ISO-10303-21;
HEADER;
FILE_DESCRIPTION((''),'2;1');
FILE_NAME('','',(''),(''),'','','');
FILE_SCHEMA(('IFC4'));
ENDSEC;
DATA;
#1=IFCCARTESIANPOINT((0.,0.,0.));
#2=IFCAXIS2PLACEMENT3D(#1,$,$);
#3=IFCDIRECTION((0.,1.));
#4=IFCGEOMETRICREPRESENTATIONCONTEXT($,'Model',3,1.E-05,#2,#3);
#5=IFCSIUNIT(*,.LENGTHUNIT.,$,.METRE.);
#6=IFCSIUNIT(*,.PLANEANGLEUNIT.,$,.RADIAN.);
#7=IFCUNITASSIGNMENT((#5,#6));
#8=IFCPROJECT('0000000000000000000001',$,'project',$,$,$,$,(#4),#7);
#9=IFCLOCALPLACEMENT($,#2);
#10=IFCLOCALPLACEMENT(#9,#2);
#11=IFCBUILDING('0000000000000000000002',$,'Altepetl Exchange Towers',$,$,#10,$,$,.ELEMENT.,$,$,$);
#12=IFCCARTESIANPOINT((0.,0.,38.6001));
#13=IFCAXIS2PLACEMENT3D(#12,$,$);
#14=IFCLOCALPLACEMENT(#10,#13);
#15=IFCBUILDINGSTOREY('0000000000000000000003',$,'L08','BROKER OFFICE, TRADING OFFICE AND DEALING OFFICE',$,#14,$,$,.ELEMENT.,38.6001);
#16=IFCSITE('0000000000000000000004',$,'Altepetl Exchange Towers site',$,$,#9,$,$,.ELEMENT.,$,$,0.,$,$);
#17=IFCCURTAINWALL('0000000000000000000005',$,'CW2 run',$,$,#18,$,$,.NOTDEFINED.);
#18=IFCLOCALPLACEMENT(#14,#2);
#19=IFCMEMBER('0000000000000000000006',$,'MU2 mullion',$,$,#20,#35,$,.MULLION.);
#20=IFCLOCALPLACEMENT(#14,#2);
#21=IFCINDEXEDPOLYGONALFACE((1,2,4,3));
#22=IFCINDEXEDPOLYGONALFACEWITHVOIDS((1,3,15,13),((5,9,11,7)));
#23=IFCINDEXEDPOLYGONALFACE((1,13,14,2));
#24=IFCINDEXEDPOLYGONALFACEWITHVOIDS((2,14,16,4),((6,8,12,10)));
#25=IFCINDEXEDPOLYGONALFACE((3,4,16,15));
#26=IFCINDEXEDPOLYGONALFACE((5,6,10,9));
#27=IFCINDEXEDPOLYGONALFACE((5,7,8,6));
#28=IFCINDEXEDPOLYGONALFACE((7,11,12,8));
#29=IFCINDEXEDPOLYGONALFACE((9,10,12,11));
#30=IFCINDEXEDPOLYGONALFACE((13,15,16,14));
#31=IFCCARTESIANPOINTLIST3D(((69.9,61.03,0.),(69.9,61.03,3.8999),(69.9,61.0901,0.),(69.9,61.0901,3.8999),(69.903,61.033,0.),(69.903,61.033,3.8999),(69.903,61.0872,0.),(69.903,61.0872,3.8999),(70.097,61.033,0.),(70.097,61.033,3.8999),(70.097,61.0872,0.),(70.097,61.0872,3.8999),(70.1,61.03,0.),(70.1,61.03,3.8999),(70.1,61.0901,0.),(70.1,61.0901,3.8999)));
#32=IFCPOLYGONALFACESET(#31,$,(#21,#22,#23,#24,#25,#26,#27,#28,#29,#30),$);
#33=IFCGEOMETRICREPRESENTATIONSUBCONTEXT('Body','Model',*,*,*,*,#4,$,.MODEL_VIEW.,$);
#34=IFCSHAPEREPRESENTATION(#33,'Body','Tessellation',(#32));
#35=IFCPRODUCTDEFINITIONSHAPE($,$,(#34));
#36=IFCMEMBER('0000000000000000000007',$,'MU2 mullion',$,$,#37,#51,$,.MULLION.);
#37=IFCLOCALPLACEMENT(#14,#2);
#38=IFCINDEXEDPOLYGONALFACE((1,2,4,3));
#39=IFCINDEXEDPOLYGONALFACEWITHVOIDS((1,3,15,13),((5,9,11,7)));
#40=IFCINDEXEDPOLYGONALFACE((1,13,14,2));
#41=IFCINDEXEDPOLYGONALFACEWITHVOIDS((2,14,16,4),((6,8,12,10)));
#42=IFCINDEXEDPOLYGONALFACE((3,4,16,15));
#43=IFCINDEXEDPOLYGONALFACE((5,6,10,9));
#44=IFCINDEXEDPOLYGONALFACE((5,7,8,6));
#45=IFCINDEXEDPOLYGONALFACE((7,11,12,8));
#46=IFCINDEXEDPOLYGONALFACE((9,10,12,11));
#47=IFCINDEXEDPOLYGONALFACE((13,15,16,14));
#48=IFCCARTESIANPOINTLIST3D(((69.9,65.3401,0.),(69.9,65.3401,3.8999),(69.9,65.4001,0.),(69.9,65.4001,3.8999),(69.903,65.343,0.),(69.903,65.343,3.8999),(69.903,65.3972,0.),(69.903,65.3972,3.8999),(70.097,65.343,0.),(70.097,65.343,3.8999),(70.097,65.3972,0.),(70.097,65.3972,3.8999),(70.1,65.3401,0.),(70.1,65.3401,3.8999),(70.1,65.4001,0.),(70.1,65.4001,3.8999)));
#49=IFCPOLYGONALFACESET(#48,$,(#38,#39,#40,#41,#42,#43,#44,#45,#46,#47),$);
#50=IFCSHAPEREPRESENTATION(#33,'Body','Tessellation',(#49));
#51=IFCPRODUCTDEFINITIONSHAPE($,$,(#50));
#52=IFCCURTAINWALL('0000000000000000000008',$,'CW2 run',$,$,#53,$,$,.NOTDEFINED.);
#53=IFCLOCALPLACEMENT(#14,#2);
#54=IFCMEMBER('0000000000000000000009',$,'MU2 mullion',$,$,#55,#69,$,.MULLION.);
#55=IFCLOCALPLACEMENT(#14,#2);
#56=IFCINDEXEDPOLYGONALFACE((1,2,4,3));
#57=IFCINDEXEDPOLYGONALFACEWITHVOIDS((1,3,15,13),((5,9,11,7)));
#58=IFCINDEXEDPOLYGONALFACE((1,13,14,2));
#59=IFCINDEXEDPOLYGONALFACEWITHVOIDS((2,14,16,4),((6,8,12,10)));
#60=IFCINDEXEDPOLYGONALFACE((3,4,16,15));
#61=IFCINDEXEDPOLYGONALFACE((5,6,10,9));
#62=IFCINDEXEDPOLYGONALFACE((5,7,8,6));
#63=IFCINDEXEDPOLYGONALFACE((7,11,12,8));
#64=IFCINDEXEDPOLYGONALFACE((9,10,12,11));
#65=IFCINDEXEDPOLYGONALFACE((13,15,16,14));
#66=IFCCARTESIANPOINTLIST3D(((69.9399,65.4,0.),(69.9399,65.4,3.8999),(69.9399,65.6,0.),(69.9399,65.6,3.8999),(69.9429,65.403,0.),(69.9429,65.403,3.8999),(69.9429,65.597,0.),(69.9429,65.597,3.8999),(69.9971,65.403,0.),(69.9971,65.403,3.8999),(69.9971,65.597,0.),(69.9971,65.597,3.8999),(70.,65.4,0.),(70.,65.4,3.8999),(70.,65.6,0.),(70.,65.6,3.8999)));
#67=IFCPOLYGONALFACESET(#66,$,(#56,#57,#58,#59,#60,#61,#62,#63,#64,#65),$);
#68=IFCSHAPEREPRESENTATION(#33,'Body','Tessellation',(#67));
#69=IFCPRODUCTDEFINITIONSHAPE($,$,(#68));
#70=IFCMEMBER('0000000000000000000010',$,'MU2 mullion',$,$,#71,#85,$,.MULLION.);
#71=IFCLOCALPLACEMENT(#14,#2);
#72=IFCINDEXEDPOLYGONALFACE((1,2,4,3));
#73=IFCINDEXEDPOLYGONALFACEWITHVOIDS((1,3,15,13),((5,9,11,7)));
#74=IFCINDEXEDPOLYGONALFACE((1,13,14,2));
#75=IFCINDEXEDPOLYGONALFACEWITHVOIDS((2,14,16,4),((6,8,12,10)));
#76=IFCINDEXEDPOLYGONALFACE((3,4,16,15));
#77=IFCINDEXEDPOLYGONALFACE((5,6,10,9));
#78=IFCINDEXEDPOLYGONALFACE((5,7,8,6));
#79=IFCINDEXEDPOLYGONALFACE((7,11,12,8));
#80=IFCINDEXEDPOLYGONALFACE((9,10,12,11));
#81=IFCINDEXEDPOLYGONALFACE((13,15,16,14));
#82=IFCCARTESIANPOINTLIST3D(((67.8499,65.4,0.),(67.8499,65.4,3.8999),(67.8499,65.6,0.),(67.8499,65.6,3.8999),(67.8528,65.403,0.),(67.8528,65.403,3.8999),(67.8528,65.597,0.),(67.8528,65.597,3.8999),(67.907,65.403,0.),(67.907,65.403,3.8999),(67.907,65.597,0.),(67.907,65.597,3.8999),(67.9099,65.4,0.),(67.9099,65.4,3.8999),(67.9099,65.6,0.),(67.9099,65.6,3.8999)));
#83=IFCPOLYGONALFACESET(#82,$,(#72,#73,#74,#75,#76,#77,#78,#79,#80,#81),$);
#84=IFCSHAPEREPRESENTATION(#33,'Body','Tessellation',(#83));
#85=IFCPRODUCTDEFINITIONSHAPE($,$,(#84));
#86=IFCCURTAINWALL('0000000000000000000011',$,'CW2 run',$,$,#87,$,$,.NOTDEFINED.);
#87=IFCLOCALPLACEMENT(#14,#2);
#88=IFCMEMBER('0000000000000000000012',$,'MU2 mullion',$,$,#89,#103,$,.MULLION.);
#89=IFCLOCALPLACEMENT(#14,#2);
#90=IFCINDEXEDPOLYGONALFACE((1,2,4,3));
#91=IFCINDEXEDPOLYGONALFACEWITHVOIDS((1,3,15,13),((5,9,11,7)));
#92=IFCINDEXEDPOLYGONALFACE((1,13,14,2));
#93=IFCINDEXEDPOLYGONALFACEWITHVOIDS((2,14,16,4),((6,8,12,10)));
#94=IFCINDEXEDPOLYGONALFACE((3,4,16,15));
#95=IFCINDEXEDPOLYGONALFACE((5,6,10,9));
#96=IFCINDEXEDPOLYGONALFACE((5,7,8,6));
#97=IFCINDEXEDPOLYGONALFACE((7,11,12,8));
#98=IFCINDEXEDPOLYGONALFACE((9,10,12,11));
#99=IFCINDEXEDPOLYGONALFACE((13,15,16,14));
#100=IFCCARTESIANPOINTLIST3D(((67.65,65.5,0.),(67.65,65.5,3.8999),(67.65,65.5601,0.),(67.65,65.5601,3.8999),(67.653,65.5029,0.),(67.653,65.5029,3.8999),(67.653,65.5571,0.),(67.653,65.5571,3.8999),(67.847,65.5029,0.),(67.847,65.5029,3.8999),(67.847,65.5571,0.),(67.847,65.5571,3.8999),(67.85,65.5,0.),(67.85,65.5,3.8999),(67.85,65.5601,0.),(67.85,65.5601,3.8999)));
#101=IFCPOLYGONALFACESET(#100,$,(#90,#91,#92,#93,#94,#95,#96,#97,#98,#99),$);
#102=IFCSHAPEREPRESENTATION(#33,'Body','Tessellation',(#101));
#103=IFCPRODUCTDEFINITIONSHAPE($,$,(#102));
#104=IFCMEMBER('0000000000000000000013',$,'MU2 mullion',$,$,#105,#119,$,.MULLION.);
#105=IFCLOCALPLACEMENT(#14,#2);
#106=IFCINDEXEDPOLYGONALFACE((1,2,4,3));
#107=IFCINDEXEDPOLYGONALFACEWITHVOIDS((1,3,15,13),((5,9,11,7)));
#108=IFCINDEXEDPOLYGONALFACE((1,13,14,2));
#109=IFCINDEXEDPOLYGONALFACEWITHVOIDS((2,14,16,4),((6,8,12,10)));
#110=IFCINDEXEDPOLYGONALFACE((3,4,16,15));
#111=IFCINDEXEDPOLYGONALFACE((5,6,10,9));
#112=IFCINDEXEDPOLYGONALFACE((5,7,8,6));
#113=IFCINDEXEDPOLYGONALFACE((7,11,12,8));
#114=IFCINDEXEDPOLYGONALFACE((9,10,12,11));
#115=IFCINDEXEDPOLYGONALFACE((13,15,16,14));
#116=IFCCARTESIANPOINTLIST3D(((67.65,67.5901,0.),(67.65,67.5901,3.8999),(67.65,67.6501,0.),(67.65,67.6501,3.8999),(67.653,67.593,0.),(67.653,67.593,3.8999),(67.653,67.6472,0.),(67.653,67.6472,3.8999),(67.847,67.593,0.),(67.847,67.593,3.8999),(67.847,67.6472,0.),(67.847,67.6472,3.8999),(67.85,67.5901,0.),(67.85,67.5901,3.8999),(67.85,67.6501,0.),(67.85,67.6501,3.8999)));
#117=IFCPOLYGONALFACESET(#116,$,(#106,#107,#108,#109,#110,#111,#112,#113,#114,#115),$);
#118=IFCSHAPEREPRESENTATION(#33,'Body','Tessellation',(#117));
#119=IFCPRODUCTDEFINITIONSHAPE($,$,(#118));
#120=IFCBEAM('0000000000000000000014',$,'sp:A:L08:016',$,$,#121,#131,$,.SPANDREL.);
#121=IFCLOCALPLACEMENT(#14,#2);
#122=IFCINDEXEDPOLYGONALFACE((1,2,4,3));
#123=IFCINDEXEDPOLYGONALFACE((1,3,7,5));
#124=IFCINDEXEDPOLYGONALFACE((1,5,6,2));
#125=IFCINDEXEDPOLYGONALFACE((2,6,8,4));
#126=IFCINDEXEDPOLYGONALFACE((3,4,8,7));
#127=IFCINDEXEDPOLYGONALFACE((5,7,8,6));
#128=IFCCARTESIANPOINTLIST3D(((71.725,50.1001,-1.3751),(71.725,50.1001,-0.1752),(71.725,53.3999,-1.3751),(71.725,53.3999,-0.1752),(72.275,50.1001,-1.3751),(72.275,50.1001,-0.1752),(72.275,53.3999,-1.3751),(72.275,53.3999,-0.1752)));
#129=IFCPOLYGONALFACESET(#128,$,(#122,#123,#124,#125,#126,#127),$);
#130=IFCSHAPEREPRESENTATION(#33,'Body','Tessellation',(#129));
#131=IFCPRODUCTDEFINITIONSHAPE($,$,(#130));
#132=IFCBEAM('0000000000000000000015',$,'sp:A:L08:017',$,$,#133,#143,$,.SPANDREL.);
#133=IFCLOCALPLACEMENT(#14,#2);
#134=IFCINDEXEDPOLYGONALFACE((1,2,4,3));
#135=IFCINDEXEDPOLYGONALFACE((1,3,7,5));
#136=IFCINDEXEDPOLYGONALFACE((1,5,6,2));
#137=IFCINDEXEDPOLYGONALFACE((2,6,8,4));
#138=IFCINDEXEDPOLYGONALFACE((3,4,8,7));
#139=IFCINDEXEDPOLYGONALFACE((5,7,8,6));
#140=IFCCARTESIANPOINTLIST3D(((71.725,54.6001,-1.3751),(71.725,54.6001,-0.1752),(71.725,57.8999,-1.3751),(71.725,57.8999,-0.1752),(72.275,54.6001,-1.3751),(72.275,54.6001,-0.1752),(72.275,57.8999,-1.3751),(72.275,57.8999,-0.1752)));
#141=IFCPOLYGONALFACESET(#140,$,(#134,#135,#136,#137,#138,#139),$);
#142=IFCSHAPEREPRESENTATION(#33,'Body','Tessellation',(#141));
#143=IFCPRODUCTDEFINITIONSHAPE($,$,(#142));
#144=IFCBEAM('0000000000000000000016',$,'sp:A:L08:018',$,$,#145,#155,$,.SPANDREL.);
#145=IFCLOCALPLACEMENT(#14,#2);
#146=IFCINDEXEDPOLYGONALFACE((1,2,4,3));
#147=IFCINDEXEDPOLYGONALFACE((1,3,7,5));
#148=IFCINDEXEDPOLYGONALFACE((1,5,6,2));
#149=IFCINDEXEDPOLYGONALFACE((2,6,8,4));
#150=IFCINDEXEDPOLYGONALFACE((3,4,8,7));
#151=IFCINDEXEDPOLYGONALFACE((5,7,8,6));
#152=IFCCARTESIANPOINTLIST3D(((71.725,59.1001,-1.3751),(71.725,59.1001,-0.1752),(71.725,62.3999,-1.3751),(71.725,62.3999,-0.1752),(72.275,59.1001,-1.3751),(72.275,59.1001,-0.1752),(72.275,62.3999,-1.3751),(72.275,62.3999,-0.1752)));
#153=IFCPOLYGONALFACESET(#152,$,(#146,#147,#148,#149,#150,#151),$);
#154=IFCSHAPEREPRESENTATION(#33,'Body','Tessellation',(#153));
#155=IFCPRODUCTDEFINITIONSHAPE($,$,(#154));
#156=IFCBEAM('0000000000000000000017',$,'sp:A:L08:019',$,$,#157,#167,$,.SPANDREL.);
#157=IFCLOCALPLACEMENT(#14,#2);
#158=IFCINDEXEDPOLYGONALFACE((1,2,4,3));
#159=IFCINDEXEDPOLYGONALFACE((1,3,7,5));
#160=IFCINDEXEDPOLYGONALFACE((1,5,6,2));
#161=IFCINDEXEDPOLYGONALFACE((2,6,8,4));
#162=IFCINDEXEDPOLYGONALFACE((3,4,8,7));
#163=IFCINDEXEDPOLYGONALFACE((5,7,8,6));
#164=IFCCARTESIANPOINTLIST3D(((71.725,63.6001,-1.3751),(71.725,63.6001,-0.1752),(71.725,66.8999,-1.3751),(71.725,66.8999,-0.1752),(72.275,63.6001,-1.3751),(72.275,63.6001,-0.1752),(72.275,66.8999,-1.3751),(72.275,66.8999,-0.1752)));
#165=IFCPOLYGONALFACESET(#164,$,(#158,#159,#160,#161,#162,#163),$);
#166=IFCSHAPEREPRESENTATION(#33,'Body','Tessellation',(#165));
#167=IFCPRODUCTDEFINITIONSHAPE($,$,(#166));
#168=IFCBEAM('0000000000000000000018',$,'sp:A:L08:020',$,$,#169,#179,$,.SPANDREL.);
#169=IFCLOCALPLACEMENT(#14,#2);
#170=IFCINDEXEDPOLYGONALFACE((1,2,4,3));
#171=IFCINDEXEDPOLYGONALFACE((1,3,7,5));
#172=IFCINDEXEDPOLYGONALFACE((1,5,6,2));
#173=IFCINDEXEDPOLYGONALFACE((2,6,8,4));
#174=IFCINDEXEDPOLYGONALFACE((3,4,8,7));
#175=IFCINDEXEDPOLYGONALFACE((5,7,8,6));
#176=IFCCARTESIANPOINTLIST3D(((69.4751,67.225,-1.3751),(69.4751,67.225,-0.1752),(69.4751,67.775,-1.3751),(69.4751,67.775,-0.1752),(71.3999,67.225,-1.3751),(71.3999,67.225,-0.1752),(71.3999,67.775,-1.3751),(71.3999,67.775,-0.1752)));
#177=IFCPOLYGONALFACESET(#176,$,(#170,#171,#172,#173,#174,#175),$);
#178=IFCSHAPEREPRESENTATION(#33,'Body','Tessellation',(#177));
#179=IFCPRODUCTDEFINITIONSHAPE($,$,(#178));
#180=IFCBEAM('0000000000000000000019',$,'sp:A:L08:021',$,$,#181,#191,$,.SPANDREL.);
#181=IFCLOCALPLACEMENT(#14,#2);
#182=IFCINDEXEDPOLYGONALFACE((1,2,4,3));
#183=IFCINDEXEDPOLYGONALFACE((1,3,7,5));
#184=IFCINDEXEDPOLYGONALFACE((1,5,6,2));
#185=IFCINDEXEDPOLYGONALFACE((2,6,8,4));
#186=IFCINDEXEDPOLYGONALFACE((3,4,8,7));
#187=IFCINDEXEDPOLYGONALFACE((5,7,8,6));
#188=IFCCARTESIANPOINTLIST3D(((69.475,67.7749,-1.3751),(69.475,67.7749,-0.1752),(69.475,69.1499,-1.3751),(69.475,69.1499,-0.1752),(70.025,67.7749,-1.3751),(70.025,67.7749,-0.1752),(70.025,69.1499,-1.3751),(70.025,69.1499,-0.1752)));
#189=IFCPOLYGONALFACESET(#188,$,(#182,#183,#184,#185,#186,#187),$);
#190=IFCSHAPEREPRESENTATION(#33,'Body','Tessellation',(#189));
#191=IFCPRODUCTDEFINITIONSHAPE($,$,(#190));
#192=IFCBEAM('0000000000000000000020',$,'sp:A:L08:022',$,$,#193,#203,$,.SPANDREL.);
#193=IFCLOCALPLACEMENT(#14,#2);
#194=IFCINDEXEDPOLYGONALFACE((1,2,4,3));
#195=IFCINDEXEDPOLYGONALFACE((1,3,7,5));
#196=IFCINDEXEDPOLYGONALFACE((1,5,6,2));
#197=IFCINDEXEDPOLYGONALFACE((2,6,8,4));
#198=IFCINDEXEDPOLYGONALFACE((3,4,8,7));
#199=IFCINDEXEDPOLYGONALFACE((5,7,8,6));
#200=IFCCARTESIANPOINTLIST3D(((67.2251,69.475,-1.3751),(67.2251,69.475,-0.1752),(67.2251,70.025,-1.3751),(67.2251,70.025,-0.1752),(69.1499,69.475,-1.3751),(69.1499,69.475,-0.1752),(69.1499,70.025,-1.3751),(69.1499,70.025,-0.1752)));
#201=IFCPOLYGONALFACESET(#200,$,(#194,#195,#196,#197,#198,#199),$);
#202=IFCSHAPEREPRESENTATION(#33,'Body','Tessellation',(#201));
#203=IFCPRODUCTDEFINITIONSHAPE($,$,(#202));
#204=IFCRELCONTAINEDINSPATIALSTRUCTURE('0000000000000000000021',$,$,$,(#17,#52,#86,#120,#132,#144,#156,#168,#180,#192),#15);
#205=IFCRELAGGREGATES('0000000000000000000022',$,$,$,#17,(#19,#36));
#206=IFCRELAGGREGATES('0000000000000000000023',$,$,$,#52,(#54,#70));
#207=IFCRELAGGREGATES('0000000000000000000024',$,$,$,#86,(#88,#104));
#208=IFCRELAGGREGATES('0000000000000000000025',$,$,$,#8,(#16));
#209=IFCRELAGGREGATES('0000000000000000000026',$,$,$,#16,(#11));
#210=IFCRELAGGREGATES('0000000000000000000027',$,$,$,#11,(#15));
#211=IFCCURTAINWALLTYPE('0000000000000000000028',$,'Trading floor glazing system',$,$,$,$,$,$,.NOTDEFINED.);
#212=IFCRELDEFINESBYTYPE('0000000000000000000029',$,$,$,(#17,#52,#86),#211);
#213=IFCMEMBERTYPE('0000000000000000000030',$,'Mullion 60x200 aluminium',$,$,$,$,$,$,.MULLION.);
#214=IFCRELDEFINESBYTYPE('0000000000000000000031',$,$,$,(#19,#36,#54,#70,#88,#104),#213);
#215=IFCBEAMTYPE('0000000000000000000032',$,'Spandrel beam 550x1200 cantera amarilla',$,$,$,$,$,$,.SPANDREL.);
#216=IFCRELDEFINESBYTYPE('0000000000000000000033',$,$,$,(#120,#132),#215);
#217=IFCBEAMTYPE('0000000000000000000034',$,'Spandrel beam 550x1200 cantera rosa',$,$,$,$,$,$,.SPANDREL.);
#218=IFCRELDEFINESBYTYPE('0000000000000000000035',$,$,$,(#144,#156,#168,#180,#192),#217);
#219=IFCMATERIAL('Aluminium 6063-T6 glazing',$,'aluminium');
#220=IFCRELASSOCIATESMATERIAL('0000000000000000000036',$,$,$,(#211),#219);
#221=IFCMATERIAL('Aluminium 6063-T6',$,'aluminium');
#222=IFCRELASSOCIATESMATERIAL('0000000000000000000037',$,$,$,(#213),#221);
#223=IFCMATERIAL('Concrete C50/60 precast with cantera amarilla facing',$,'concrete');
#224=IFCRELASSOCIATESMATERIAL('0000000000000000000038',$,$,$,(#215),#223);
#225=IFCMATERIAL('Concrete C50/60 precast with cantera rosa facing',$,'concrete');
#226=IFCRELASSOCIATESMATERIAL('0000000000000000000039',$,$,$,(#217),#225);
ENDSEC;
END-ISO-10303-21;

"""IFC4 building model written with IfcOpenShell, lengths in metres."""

from ifc_helpers import new_model, si_unit, direction, frame, origin, origin_2d, place, context, subcontext, project, spatial, rectangle, hollow_rectangle, extrude, material, material_profile, profile_set, type_object, element, aggregate, save


model = new_model("IFC4")

# Units and contexts
model_context = context("Model", 3, precision=1e-05, world=origin(), true_north=direction((0.0, 1.0)))
body_context = subcontext(model_context, "Body", "Model", "MODEL_VIEW")
ifc_project = project(units=[si_unit("LENGTHUNIT", "METRE"), si_unit("PLANEANGLEUNIT", "RADIAN")], contexts=[model_context])

# Site, building, storey
site_placement = place(None, origin())
site = spatial("IfcSite", under=ifc_project, at=site_placement, Name="Altepetl Exchange Towers site", CompositionType="ELEMENT", RefElevation=0.0)
building_placement = place(site_placement, origin())
building = spatial("IfcBuilding", under=site, at=building_placement, Name="Altepetl Exchange Towers", CompositionType="ELEMENT")
storey_placement = place(building_placement, frame((0.0, 0.0, 38.6001)))
storey = spatial("IfcBuildingStorey", under=building, at=storey_placement, Name="L08", Description="BROKER OFFICE, TRADING OFFICE AND DEALING OFFICE", CompositionType="ELEMENT", Elevation=38.6001)

# Curtain walls, members
ifc_material_1 = material(Name="Aluminium 6063-T6 glazing", Category="aluminium")
curtain_wall_type = type_object("IfcCurtainWallType", Name="Trading floor glazing system", PredefinedType="NOTDEFINED", material=ifc_material_1)
ifc_material_2 = material(Name="Aluminium 6063-T6", Category="aluminium")
ifc_material_profile_1 = material_profile(ifc_material_2, hollow_rectangle(XDim=0.0601, YDim=0.2, WallThickness=0.0029, at=origin_2d()), Name="Mullion 60x200 aluminium")
ifc_profile_set_1 = profile_set([ifc_material_profile_1], Name="Aluminium 6063-T6")
member_type = type_object("IfcMemberType", Name="Mullion 60x200 aluminium", PredefinedType="MULLION", material=ifc_profile_set_1)
curtain_wall_1_placement = place(storey_placement, origin())
curtain_wall_1 = element("IfcCurtainWall", 1, at=curtain_wall_1_placement, inside=storey, type_object=curtain_wall_type, Name="CW2 run", PredefinedType="NOTDEFINED")
member_1_placement = place(storey_placement, frame((70.0, 61.0601, 0.0), z_axis=(0.0, 0.0, 1.0), x_axis=(0.0, 1.0, 0.0)))
member_1 = element("IfcMember", 2, at=member_1_placement, type_object=member_type, Name="MU2 mullion", PredefinedType="MULLION", context=body_context, shape_type="SweptSolid", body=[
    extrude(hollow_rectangle(XDim=0.0601, YDim=0.2, WallThickness=0.0029, at=origin_2d()), origin(), (0.0, 0.0, 1.0), 3.8999),
])
member_2_placement = place(storey_placement, frame((70.0, 65.3701, 0.0), z_axis=(0.0, 0.0, 1.0), x_axis=(0.0, 1.0, 0.0)))
member_2 = element("IfcMember", 3, at=member_2_placement, type_object=member_type, Name="MU2 mullion", PredefinedType="MULLION", context=body_context, shape_type="SweptSolid", body=[
    extrude(hollow_rectangle(XDim=0.0601, YDim=0.2, WallThickness=0.0029, at=origin_2d()), origin(), (0.0, 0.0, 1.0), 3.8999),
])
curtain_wall_2_placement = place(storey_placement, origin())
curtain_wall_2 = element("IfcCurtainWall", 4, at=curtain_wall_2_placement, inside=storey, type_object=curtain_wall_type, Name="CW2 run", PredefinedType="NOTDEFINED")
member_3_placement = place(storey_placement, frame((69.97, 65.5, 0.0), z_axis=(0.0, 0.0, 1.0), x_axis=(-1.0, 0.0, 0.0)))
member_3 = element("IfcMember", 5, at=member_3_placement, type_object=member_type, Name="MU2 mullion", PredefinedType="MULLION", context=body_context, shape_type="SweptSolid", body=[
    extrude(hollow_rectangle(XDim=0.0601, YDim=0.2, WallThickness=0.0029, at=origin_2d()), origin(), (0.0, 0.0, 1.0), 3.8999),
])
member_4_placement = place(storey_placement, frame((67.8799, 65.5, 0.0), z_axis=(0.0, 0.0, 1.0), x_axis=(-1.0, 0.0, 0.0)))
member_4 = element("IfcMember", 6, at=member_4_placement, type_object=member_type, Name="MU2 mullion", PredefinedType="MULLION", context=body_context, shape_type="SweptSolid", body=[
    extrude(hollow_rectangle(XDim=0.0601, YDim=0.2, WallThickness=0.0029, at=origin_2d()), origin(), (0.0, 0.0, 1.0), 3.8999),
])
curtain_wall_3_placement = place(storey_placement, origin())
curtain_wall_3 = element("IfcCurtainWall", 7, at=curtain_wall_3_placement, inside=storey, type_object=curtain_wall_type, Name="CW2 run", PredefinedType="NOTDEFINED")
member_5_placement = place(storey_placement, frame((67.75, 65.53, 0.0), z_axis=(0.0, 0.0, 1.0), x_axis=(0.0, 1.0, 0.0)))
member_5 = element("IfcMember", 8, at=member_5_placement, type_object=member_type, Name="MU2 mullion", PredefinedType="MULLION", context=body_context, shape_type="SweptSolid", body=[
    extrude(hollow_rectangle(XDim=0.0601, YDim=0.2, WallThickness=0.0029, at=origin_2d()), origin(), (0.0, 0.0, 1.0), 3.8999),
])
member_6_placement = place(storey_placement, frame((67.75, 67.6201, 0.0), z_axis=(0.0, 0.0, 1.0), x_axis=(0.0, 1.0, 0.0)))
member_6 = element("IfcMember", 9, at=member_6_placement, type_object=member_type, Name="MU2 mullion", PredefinedType="MULLION", context=body_context, shape_type="SweptSolid", body=[
    extrude(hollow_rectangle(XDim=0.0601, YDim=0.2, WallThickness=0.0029, at=origin_2d()), origin(), (0.0, 0.0, 1.0), 3.8999),
])

# Beams
ifc_material_3 = material(Name="Concrete C50/60 precast with cantera amarilla facing", Category="concrete")
ifc_material_profile_2 = material_profile(ifc_material_3, rectangle(XDim=0.55, YDim=1.2, at=origin_2d()), Name="550 x 1200")
ifc_profile_set_2 = profile_set([ifc_material_profile_2], Name="Concrete C50/60 precast with cantera amarilla facing")
beam_type_1 = type_object("IfcBeamType", Name="Spandrel beam 550x1200 cantera amarilla", PredefinedType="SPANDREL", material=ifc_profile_set_2)
for number, where, z_axis, x_axis, name in (
    (10, (72.0, 50.1001, -0.7751), (0.0, 1.0, 0.0), (-1.0, 0.0, 0.0), "sp:A:L08:016"),
    (11, (72.0, 54.6001, -0.7751), (0.0, 1.0, 0.0), (-1.0, 0.0, 0.0), "sp:A:L08:017"),
):
    element("IfcBeam", number, at=place(storey_placement, frame(where, z_axis=z_axis, x_axis=x_axis)), inside=storey, type_object=beam_type_1, Name=name, PredefinedType="SPANDREL", context=body_context, shape_type="SweptSolid", body=[
        extrude(rectangle(XDim=0.55, YDim=1.2, at=origin_2d()), origin(), (0.0, 0.0, 1.0), 3.2998),
    ])
ifc_material_4 = material(Name="Concrete C50/60 precast with cantera rosa facing", Category="concrete")
ifc_material_profile_3 = material_profile(ifc_material_4, rectangle(XDim=0.55, YDim=1.2, at=origin_2d()), Name="550 x 1200")
ifc_profile_set_3 = profile_set([ifc_material_profile_3], Name="Concrete C50/60 precast with cantera rosa facing")
beam_type_2 = type_object("IfcBeamType", Name="Spandrel beam 550x1200 cantera rosa", PredefinedType="SPANDREL", material=ifc_profile_set_3)
for number, where, z_axis, x_axis, name in (
    (12, (72.0, 59.1001, -0.7751), (0.0, 1.0, 0.0), (-1.0, 0.0, 0.0), "sp:A:L08:018"),
    (13, (72.0, 63.6001, -0.7751), (0.0, 1.0, 0.0), (-1.0, 0.0, 0.0), "sp:A:L08:019"),
):
    element("IfcBeam", number, at=place(storey_placement, frame(where, z_axis=z_axis, x_axis=x_axis)), inside=storey, type_object=beam_type_2, Name=name, PredefinedType="SPANDREL", context=body_context, shape_type="SweptSolid", body=[
        extrude(rectangle(XDim=0.55, YDim=1.2, at=origin_2d()), origin(), (0.0, 0.0, 1.0), 3.2998),
    ])
beam_1_placement = place(storey_placement, frame((71.3999, 67.5, -0.7751), z_axis=(-1.0, 0.0, 0.0), x_axis=(0.0, -1.0, 0.0)))
element("IfcBeam", 14, at=beam_1_placement, inside=storey, type_object=beam_type_2, Name="sp:A:L08:020", PredefinedType="SPANDREL", context=body_context, shape_type="SweptSolid", body=[
    extrude(rectangle(XDim=0.55, YDim=1.2, at=origin_2d()), origin(), (0.0, 0.0, 1.0), 1.9248),
])
beam_2_placement = place(storey_placement, frame((69.75, 67.7749, -0.7751), z_axis=(0.0, 1.0, 0.0), x_axis=(-1.0, 0.0, 0.0)))
element("IfcBeam", 15, at=beam_2_placement, inside=storey, type_object=beam_type_2, Name="sp:A:L08:021", PredefinedType="SPANDREL", context=body_context, shape_type="SweptSolid", body=[
    extrude(rectangle(XDim=0.55, YDim=1.2, at=origin_2d()), origin(), (0.0, 0.0, 1.0), 1.375),
])
beam_3_placement = place(storey_placement, frame((69.1499, 69.75, -0.7751), z_axis=(-1.0, 0.0, 0.0), x_axis=(0.0, -1.0, 0.0)))
element("IfcBeam", 16, at=beam_3_placement, inside=storey, type_object=beam_type_2, Name="sp:A:L08:022", PredefinedType="SPANDREL", context=body_context, shape_type="SweptSolid", body=[
    extrude(rectangle(XDim=0.55, YDim=1.2, at=origin_2d()), origin(), (0.0, 0.0, 1.0), 1.9248),
])

aggregate(curtain_wall_1, [member_1, member_2])
aggregate(curtain_wall_2, [member_3, member_4])
aggregate(curtain_wall_3, [member_5, member_6])

save(model, "model.ifc")
